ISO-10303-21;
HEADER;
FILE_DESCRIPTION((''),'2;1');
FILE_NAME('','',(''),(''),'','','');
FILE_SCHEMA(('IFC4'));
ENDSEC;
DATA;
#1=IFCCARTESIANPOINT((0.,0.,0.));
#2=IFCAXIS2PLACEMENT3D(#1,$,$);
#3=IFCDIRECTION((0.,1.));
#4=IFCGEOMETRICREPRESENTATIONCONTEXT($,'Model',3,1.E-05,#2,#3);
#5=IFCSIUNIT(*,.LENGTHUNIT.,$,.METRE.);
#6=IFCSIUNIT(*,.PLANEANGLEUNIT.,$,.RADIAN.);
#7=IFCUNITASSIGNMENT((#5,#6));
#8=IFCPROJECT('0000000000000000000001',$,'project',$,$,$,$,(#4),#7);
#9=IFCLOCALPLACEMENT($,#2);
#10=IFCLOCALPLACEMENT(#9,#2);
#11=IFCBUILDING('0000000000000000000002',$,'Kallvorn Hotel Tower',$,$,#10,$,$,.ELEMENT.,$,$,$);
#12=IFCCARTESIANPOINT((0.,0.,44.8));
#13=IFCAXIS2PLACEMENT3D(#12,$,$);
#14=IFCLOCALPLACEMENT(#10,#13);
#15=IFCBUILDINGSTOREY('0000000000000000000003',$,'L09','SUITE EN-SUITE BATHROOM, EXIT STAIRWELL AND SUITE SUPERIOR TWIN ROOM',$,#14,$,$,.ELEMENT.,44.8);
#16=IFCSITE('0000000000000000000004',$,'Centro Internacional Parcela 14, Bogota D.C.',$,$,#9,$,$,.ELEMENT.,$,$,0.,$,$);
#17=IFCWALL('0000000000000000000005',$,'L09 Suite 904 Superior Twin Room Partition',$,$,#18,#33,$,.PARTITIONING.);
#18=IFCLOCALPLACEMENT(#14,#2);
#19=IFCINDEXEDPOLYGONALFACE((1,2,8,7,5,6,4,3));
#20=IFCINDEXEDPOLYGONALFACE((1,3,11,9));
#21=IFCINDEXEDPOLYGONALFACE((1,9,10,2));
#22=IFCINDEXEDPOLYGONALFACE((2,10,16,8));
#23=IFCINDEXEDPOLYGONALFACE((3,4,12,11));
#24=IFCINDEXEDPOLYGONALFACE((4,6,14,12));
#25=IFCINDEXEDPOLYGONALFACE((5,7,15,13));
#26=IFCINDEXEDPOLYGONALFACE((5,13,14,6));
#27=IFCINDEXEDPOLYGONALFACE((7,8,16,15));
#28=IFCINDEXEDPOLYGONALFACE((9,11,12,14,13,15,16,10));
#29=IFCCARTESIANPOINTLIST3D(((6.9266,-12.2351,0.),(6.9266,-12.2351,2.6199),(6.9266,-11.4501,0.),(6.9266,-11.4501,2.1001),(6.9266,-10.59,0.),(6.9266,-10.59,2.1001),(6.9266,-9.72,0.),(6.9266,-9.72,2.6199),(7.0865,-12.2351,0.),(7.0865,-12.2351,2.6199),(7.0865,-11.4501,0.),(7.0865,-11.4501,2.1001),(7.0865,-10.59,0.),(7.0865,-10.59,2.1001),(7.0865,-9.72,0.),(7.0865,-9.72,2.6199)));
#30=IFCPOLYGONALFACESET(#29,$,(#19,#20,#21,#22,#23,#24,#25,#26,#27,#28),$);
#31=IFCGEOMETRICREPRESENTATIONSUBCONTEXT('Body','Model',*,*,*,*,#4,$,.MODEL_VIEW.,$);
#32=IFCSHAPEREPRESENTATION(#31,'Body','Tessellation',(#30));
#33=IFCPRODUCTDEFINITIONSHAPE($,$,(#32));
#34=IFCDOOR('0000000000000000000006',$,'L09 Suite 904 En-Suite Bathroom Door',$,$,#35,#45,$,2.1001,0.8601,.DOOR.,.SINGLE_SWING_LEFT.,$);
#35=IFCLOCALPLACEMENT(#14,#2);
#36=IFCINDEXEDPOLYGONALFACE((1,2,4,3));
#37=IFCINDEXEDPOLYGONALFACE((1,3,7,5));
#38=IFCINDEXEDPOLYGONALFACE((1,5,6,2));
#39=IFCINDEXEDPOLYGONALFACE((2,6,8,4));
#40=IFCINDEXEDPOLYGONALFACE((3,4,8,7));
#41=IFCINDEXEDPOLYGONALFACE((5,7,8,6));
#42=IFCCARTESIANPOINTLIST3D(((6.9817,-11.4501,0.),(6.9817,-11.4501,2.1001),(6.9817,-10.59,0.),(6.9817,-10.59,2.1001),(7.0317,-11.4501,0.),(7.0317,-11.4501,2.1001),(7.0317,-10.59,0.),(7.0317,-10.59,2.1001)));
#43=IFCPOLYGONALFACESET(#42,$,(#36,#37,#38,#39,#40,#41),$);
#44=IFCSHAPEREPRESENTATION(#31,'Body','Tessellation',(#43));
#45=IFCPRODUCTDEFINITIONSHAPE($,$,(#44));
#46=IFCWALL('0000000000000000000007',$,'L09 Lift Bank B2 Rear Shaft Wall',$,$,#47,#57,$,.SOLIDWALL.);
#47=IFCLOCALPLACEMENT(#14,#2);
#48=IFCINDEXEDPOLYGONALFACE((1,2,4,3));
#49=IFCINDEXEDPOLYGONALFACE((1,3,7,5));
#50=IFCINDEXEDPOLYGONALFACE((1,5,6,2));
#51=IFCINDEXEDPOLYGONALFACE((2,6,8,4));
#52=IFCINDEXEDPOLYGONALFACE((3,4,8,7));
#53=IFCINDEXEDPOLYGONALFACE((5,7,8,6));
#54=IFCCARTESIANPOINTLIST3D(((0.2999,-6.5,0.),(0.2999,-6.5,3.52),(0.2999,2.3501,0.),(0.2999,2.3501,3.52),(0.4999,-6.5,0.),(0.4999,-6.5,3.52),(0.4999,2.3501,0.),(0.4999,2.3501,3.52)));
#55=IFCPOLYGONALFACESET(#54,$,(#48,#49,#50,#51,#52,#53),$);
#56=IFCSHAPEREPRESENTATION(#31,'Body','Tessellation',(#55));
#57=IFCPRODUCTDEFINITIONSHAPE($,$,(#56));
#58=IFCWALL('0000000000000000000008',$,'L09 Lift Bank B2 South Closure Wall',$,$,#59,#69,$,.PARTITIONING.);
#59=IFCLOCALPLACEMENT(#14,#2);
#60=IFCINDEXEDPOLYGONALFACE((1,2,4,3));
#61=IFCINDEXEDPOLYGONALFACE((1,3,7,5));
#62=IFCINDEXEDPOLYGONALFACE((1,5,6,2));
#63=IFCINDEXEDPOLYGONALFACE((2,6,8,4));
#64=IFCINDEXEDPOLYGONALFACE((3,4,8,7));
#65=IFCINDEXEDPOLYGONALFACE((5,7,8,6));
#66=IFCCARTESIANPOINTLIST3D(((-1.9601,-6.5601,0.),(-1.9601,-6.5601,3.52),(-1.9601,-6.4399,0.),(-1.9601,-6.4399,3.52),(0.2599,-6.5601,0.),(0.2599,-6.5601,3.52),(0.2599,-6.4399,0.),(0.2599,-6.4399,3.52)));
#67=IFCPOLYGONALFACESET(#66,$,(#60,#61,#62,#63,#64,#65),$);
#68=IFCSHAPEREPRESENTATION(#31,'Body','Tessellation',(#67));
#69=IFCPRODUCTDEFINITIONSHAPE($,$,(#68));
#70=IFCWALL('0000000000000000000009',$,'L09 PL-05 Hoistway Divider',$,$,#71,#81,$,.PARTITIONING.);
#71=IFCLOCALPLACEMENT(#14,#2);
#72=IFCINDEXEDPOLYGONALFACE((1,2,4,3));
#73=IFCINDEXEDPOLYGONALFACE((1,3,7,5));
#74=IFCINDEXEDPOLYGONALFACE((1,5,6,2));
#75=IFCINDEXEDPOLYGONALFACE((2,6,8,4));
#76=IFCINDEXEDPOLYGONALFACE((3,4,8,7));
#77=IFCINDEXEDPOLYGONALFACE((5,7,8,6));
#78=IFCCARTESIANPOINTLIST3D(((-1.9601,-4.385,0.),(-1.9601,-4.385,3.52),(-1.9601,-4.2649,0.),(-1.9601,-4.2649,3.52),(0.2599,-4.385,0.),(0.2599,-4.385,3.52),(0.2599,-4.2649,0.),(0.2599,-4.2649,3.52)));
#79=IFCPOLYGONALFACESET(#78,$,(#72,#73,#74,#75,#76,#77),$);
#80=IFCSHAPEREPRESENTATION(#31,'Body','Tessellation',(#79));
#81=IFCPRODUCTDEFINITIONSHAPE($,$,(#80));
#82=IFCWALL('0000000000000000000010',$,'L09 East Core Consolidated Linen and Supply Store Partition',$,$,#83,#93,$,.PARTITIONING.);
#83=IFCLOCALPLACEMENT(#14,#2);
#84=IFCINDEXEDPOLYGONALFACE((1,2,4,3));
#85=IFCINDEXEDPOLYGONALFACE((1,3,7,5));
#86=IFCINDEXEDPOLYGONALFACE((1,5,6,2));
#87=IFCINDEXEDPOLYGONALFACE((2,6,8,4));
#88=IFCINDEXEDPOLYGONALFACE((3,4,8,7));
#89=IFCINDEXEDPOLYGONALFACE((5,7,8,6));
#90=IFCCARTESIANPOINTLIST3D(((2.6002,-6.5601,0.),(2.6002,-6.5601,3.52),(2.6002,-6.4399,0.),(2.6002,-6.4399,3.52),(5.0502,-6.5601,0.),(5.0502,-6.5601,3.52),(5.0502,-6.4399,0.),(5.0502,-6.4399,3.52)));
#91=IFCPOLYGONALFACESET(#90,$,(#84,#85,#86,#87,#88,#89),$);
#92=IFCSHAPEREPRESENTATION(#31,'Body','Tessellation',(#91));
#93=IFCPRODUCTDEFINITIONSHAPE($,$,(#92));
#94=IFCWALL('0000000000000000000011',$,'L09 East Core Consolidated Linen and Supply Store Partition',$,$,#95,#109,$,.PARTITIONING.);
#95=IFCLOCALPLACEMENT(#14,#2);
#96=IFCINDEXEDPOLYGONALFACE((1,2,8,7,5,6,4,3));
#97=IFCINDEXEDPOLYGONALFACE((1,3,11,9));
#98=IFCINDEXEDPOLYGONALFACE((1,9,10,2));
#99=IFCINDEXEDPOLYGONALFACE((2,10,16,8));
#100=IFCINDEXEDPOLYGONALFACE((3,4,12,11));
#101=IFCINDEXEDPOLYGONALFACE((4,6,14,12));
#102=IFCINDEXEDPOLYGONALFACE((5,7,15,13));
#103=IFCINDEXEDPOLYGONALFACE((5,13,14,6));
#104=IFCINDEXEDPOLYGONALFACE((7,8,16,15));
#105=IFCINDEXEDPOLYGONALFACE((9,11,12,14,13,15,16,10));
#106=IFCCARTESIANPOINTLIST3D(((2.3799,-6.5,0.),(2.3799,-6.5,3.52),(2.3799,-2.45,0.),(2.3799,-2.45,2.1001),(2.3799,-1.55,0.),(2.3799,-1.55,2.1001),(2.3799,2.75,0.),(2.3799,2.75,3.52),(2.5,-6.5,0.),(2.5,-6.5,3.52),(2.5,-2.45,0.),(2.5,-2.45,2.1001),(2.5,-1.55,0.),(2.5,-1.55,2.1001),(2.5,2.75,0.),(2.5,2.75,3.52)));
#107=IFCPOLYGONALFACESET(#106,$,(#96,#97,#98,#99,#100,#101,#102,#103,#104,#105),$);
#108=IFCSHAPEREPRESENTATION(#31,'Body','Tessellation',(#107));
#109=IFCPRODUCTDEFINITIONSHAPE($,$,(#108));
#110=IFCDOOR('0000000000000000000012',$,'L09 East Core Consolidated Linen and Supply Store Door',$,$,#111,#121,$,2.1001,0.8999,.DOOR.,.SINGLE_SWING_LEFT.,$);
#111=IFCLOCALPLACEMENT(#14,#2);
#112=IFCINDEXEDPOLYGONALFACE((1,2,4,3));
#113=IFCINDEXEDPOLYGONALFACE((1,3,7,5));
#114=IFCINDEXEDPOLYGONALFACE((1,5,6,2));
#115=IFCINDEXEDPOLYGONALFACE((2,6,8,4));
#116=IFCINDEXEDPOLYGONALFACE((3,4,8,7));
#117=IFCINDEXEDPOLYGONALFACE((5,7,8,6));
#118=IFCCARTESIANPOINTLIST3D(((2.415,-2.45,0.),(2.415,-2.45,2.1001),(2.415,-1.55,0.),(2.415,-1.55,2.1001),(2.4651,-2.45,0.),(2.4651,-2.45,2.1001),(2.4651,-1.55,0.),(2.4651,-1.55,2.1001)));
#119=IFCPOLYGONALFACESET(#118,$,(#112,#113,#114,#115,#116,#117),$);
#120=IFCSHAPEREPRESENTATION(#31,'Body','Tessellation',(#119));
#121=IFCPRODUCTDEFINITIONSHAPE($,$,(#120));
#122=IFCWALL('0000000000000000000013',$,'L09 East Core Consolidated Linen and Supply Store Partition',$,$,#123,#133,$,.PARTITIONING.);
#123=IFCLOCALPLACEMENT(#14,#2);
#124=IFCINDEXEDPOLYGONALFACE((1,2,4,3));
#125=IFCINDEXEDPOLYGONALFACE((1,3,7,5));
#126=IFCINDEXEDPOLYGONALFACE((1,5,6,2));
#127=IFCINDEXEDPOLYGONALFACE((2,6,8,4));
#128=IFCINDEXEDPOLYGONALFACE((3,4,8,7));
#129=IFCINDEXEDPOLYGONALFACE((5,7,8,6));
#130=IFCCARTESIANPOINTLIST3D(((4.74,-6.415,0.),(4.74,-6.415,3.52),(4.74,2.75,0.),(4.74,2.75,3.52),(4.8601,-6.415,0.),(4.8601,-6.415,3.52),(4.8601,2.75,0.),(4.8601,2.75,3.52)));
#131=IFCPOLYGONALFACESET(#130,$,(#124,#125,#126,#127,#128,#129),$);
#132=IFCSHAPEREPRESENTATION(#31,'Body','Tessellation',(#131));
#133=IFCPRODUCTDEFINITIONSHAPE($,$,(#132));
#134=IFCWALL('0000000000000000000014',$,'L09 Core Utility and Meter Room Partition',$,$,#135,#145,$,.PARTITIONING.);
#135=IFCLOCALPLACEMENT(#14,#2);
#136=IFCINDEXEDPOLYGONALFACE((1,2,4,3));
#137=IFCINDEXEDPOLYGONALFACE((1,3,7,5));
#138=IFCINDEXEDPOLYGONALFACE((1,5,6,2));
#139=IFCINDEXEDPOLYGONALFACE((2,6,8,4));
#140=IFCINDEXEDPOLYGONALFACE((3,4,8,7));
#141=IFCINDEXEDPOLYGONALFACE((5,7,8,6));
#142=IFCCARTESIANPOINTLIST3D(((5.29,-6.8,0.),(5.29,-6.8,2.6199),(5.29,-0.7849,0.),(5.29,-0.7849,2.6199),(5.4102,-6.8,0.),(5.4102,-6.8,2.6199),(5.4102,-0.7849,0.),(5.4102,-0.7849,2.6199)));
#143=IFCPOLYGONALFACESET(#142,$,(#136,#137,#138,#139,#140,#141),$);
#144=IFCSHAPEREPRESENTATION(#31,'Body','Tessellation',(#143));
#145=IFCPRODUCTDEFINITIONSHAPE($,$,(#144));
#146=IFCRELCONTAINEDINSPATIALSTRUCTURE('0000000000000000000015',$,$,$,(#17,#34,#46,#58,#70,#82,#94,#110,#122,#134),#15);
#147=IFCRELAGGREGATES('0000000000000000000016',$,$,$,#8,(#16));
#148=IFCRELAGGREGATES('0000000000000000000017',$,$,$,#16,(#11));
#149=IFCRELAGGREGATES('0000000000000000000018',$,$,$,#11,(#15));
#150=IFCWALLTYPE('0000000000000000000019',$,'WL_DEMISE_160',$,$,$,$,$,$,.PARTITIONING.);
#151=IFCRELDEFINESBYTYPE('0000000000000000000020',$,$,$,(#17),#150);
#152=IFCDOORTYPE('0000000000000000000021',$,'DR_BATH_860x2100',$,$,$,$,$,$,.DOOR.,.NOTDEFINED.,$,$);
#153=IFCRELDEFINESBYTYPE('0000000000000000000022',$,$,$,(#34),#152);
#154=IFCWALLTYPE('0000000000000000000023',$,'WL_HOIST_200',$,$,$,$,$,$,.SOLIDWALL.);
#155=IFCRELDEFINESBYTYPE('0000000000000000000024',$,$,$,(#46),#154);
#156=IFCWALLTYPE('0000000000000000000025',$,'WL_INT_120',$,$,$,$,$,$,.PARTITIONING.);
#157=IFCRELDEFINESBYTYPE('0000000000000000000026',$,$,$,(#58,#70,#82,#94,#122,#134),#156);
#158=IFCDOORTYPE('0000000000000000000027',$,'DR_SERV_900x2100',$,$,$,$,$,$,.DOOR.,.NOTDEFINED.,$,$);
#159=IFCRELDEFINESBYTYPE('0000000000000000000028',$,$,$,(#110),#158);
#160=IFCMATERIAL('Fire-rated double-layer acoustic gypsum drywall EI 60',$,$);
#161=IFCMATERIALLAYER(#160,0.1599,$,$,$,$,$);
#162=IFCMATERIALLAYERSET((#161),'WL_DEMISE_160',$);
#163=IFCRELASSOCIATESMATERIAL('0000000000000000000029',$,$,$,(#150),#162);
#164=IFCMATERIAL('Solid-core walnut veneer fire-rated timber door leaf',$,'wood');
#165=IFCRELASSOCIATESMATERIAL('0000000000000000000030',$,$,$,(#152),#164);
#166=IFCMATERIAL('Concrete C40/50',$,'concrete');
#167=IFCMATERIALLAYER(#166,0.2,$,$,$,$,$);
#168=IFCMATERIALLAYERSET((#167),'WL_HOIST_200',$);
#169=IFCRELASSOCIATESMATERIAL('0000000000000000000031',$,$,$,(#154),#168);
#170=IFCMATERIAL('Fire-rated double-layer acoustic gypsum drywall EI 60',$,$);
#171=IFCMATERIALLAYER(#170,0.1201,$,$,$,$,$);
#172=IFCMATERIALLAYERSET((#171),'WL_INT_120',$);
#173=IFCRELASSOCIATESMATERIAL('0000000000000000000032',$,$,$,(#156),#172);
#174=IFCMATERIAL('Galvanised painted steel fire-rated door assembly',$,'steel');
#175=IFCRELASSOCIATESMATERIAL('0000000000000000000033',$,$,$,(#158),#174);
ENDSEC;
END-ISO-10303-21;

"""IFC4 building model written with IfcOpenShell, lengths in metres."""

from ifc_helpers import new_model, si_unit, direction, frame, frame_2d, origin, place, context, subcontext, project, spatial, rectangle, extrude, material, layer, layer_set, type_object, element, fill, save


model = new_model("IFC4")

# Units and contexts
model_context = context("Model", 3, precision=1e-05, world=origin(), true_north=direction((0.0, 1.0)))
body_context = subcontext(model_context, "Body", "Model", "MODEL_VIEW")
ifc_project = project(units=[si_unit("LENGTHUNIT", "METRE"), si_unit("PLANEANGLEUNIT", "RADIAN")], contexts=[model_context])

# Site, building, storey
site_placement = place(None, origin())
site = spatial("IfcSite", under=ifc_project, at=site_placement, Name="Centro Internacional Parcela 14, Bogota D.C.", CompositionType="ELEMENT", RefElevation=0.0)
building_placement = place(site_placement, origin())
building = spatial("IfcBuilding", under=site, at=building_placement, Name="Kallvorn Hotel Tower", CompositionType="ELEMENT")
storey_placement = place(building_placement, frame((0.0, 0.0, 44.8)))
storey = spatial("IfcBuildingStorey", under=building, at=storey_placement, Name="L09", Description="SUITE EN-SUITE BATHROOM, EXIT STAIRWELL AND SUITE SUPERIOR TWIN ROOM", CompositionType="ELEMENT", Elevation=44.8)

# Shared definitions
ifc_material_1 = material(Name="Fire-rated double-layer acoustic gypsum drywall EI 60")
ifc_layer_1 = layer(ifc_material_1, 0.1599)
ifc_layer_set_1 = layer_set([ifc_layer_1], Name="WL_DEMISE_160")
wall_type_1 = type_object("IfcWallType", Name="WL_DEMISE_160", PredefinedType="PARTITIONING", material=ifc_layer_set_1)

# Wall, opening, door
wall_1_placement = place(storey_placement, frame((7.0066, -12.2351, 0.0), z_axis=(0.0, 0.0, 1.0), x_axis=(0.0, 1.0, 0.0)))
wall_1 = element("IfcWall", 1, at=wall_1_placement, inside=storey, type_object=wall_type_1, Name="L09 Suite 904 Superior Twin Room Partition", PredefinedType="PARTITIONING", context=body_context, shape_type="SweptSolid", body=[
    extrude(rectangle(XDim=2.5151, YDim=0.1599, at=frame_2d((1.2576, 0.0))), origin(), (0.0, 0.0, 1.0), 2.6199),
])
opening_1_placement = place(wall_1_placement, frame((0.7849, 0.0, 0.0)))
opening_1 = element("IfcOpeningElement", 2, at=opening_1_placement, cuts=wall_1, PredefinedType="OPENING", context=body_context, shape_type="SweptSolid", body=[
    extrude(rectangle(XDim=0.8601, YDim=2.1001, at=frame_2d((0.4302, 1.05))), frame((0.0, 0.095, 0.0), z_axis=(0.0, -1.0, 0.0), x_axis=(1.0, 0.0, 0.0)), (0.0, 0.0, 1.0), 0.1899),
])
ifc_material_2 = material(Name="Solid-core walnut veneer fire-rated timber door leaf", Category="wood")
door_type_1 = type_object("IfcDoorType", Name="DR_BATH_860x2100", OperationType="NOTDEFINED", PredefinedType="DOOR", material=ifc_material_2)
door_1_placement = place(opening_1_placement, origin())
door_1 = element("IfcDoor", 3, at=door_1_placement, inside=storey, type_object=door_type_1, Name="L09 Suite 904 En-Suite Bathroom Door", OperationType="SINGLE_SWING_LEFT", OverallHeight=2.1001, OverallWidth=0.8601, PredefinedType="DOOR", context=body_context, shape_type="SweptSolid", body=[
    extrude(rectangle(XDim=0.8601, YDim=2.1001, at=frame_2d((0.4302, 1.05))), frame((0.0, 0.0249, 0.0), z_axis=(0.0, -1.0, 0.0), x_axis=(1.0, 0.0, 0.0)), (0.0, 0.0, 1.0), 0.05),
])
fill(opening_1, door_1)

# Walls
ifc_material_3 = material(Name="Concrete C40/50", Category="concrete")
ifc_layer_2 = layer(ifc_material_3, 0.2)
ifc_layer_set_2 = layer_set([ifc_layer_2], Name="WL_HOIST_200")
wall_type_2 = type_object("IfcWallType", Name="WL_HOIST_200", PredefinedType="SOLIDWALL", material=ifc_layer_set_2)
wall_2_placement = place(storey_placement, frame((0.3999, -6.5, 0.0), z_axis=(0.0, 0.0, 1.0), x_axis=(0.0, 1.0, 0.0)))
element("IfcWall", 4, at=wall_2_placement, inside=storey, type_object=wall_type_2, Name="L09 Lift Bank B2 Rear Shaft Wall", PredefinedType="SOLIDWALL", context=body_context, shape_type="SweptSolid", body=[
    extrude(rectangle(XDim=8.8501, YDim=0.2, at=frame_2d((4.425, 0.0))), origin(), (0.0, 0.0, 1.0), 3.52),
])
ifc_material_4 = material(Name="Fire-rated double-layer acoustic gypsum drywall EI 60")
ifc_layer_3 = layer(ifc_material_4, 0.1201)
ifc_layer_set_3 = layer_set([ifc_layer_3], Name="WL_INT_120")
wall_type_3 = type_object("IfcWallType", Name="WL_INT_120", PredefinedType="PARTITIONING", material=ifc_layer_set_3)
for number, where, z_axis, x_axis, name in (
    (5, (-1.96, -6.5, 0.0), (0.0, 0.0, 1.0), (1.0, 0.0, 0.0), "L09 Lift Bank B2 South Closure Wall"),
    (6, (-1.96, -4.325, 0.0), (0.0, 0.0, 1.0), (1.0, 0.0, 0.0), "L09 PL-05 Hoistway Divider"),
):
    element("IfcWall", number, at=place(storey_placement, frame(where, z_axis=z_axis, x_axis=x_axis)), inside=storey, type_object=wall_type_3, Name=name, PredefinedType="PARTITIONING", context=body_context, shape_type="SweptSolid", body=[
        extrude(rectangle(XDim=2.22, YDim=0.1201, at=frame_2d((1.1099, 0.0))), origin(), (0.0, 0.0, 1.0), 3.52),
    ])
wall_3_placement = place(storey_placement, frame((2.6001, -6.5, 0.0), z_axis=(0.0, 0.0, 1.0), x_axis=(1.0, 0.0, 0.0)))
element("IfcWall", 7, at=wall_3_placement, inside=storey, type_object=wall_type_3, Name="L09 East Core Consolidated Linen and Supply Store Partition", PredefinedType="PARTITIONING", context=body_context, shape_type="SweptSolid", body=[
    extrude(rectangle(XDim=2.45, YDim=0.1201, at=frame_2d((1.2251, 0.0))), origin(), (0.0, 0.0, 1.0), 3.52),
])

# Wall, opening, door
wall_4_placement = place(storey_placement, frame((2.4399, -6.5, 0.0), z_axis=(0.0, 0.0, 1.0), x_axis=(0.0, 1.0, 0.0)))
wall_4 = element("IfcWall", 8, at=wall_4_placement, inside=storey, type_object=wall_type_3, Name="L09 East Core Consolidated Linen and Supply Store Partition", PredefinedType="PARTITIONING", context=body_context, shape_type="SweptSolid", body=[
    extrude(rectangle(XDim=9.25, YDim=0.1201, at=frame_2d((4.625, 0.0))), origin(), (0.0, 0.0, 1.0), 3.52),
])
opening_2_placement = place(wall_4_placement, frame((4.05, 0.0, 0.0)))
opening_2 = element("IfcOpeningElement", 9, at=opening_2_placement, cuts=wall_4, PredefinedType="OPENING", context=body_context, shape_type="SweptSolid", body=[
    extrude(rectangle(XDim=0.8999, YDim=2.1001, at=frame_2d((0.45, 1.05))), frame((0.0, 0.075, 0.0), z_axis=(0.0, -1.0, 0.0), x_axis=(1.0, 0.0, 0.0)), (0.0, 0.0, 1.0), 0.1501),
])
ifc_material_5 = material(Name="Galvanised painted steel fire-rated door assembly", Category="steel")
door_type_2 = type_object("IfcDoorType", Name="DR_SERV_900x2100", OperationType="NOTDEFINED", PredefinedType="DOOR", material=ifc_material_5)
door_2_placement = place(opening_2_placement, origin())
door_2 = element("IfcDoor", 10, at=door_2_placement, inside=storey, type_object=door_type_2, Name="L09 East Core Consolidated Linen and Supply Store Door", OperationType="SINGLE_SWING_LEFT", OverallHeight=2.1001, OverallWidth=0.8999, PredefinedType="DOOR", context=body_context, shape_type="SweptSolid", body=[
    extrude(rectangle(XDim=0.8999, YDim=2.1001, at=frame_2d((0.45, 1.05))), frame((0.0, 0.0249, 0.0), z_axis=(0.0, -1.0, 0.0), x_axis=(1.0, 0.0, 0.0)), (0.0, 0.0, 1.0), 0.05),
])
fill(opening_2, door_2)

# Walls
wall_5_placement = place(storey_placement, frame((4.8, -6.415, 0.0), z_axis=(0.0, 0.0, 1.0), x_axis=(0.0, 1.0, 0.0)))
element("IfcWall", 11, at=wall_5_placement, inside=storey, type_object=wall_type_3, Name="L09 East Core Consolidated Linen and Supply Store Partition", PredefinedType="PARTITIONING", context=body_context, shape_type="SweptSolid", body=[
    extrude(rectangle(XDim=9.165, YDim=0.1201, at=frame_2d((4.5825, 0.0))), origin(), (0.0, 0.0, 1.0), 3.52),
])
wall_6_placement = place(storey_placement, frame((5.3501, -6.8, 0.0), z_axis=(0.0, 0.0, 1.0), x_axis=(0.0, 1.0, 0.0)))
element("IfcWall", 12, at=wall_6_placement, inside=storey, type_object=wall_type_3, Name="L09 Core Utility and Meter Room Partition", PredefinedType="PARTITIONING", context=body_context, shape_type="SweptSolid", body=[
    extrude(rectangle(XDim=6.0151, YDim=0.1201, at=frame_2d((3.0076, 0.0))), origin(), (0.0, 0.0, 1.0), 2.6199),
])

save(model, "model.ifc")
